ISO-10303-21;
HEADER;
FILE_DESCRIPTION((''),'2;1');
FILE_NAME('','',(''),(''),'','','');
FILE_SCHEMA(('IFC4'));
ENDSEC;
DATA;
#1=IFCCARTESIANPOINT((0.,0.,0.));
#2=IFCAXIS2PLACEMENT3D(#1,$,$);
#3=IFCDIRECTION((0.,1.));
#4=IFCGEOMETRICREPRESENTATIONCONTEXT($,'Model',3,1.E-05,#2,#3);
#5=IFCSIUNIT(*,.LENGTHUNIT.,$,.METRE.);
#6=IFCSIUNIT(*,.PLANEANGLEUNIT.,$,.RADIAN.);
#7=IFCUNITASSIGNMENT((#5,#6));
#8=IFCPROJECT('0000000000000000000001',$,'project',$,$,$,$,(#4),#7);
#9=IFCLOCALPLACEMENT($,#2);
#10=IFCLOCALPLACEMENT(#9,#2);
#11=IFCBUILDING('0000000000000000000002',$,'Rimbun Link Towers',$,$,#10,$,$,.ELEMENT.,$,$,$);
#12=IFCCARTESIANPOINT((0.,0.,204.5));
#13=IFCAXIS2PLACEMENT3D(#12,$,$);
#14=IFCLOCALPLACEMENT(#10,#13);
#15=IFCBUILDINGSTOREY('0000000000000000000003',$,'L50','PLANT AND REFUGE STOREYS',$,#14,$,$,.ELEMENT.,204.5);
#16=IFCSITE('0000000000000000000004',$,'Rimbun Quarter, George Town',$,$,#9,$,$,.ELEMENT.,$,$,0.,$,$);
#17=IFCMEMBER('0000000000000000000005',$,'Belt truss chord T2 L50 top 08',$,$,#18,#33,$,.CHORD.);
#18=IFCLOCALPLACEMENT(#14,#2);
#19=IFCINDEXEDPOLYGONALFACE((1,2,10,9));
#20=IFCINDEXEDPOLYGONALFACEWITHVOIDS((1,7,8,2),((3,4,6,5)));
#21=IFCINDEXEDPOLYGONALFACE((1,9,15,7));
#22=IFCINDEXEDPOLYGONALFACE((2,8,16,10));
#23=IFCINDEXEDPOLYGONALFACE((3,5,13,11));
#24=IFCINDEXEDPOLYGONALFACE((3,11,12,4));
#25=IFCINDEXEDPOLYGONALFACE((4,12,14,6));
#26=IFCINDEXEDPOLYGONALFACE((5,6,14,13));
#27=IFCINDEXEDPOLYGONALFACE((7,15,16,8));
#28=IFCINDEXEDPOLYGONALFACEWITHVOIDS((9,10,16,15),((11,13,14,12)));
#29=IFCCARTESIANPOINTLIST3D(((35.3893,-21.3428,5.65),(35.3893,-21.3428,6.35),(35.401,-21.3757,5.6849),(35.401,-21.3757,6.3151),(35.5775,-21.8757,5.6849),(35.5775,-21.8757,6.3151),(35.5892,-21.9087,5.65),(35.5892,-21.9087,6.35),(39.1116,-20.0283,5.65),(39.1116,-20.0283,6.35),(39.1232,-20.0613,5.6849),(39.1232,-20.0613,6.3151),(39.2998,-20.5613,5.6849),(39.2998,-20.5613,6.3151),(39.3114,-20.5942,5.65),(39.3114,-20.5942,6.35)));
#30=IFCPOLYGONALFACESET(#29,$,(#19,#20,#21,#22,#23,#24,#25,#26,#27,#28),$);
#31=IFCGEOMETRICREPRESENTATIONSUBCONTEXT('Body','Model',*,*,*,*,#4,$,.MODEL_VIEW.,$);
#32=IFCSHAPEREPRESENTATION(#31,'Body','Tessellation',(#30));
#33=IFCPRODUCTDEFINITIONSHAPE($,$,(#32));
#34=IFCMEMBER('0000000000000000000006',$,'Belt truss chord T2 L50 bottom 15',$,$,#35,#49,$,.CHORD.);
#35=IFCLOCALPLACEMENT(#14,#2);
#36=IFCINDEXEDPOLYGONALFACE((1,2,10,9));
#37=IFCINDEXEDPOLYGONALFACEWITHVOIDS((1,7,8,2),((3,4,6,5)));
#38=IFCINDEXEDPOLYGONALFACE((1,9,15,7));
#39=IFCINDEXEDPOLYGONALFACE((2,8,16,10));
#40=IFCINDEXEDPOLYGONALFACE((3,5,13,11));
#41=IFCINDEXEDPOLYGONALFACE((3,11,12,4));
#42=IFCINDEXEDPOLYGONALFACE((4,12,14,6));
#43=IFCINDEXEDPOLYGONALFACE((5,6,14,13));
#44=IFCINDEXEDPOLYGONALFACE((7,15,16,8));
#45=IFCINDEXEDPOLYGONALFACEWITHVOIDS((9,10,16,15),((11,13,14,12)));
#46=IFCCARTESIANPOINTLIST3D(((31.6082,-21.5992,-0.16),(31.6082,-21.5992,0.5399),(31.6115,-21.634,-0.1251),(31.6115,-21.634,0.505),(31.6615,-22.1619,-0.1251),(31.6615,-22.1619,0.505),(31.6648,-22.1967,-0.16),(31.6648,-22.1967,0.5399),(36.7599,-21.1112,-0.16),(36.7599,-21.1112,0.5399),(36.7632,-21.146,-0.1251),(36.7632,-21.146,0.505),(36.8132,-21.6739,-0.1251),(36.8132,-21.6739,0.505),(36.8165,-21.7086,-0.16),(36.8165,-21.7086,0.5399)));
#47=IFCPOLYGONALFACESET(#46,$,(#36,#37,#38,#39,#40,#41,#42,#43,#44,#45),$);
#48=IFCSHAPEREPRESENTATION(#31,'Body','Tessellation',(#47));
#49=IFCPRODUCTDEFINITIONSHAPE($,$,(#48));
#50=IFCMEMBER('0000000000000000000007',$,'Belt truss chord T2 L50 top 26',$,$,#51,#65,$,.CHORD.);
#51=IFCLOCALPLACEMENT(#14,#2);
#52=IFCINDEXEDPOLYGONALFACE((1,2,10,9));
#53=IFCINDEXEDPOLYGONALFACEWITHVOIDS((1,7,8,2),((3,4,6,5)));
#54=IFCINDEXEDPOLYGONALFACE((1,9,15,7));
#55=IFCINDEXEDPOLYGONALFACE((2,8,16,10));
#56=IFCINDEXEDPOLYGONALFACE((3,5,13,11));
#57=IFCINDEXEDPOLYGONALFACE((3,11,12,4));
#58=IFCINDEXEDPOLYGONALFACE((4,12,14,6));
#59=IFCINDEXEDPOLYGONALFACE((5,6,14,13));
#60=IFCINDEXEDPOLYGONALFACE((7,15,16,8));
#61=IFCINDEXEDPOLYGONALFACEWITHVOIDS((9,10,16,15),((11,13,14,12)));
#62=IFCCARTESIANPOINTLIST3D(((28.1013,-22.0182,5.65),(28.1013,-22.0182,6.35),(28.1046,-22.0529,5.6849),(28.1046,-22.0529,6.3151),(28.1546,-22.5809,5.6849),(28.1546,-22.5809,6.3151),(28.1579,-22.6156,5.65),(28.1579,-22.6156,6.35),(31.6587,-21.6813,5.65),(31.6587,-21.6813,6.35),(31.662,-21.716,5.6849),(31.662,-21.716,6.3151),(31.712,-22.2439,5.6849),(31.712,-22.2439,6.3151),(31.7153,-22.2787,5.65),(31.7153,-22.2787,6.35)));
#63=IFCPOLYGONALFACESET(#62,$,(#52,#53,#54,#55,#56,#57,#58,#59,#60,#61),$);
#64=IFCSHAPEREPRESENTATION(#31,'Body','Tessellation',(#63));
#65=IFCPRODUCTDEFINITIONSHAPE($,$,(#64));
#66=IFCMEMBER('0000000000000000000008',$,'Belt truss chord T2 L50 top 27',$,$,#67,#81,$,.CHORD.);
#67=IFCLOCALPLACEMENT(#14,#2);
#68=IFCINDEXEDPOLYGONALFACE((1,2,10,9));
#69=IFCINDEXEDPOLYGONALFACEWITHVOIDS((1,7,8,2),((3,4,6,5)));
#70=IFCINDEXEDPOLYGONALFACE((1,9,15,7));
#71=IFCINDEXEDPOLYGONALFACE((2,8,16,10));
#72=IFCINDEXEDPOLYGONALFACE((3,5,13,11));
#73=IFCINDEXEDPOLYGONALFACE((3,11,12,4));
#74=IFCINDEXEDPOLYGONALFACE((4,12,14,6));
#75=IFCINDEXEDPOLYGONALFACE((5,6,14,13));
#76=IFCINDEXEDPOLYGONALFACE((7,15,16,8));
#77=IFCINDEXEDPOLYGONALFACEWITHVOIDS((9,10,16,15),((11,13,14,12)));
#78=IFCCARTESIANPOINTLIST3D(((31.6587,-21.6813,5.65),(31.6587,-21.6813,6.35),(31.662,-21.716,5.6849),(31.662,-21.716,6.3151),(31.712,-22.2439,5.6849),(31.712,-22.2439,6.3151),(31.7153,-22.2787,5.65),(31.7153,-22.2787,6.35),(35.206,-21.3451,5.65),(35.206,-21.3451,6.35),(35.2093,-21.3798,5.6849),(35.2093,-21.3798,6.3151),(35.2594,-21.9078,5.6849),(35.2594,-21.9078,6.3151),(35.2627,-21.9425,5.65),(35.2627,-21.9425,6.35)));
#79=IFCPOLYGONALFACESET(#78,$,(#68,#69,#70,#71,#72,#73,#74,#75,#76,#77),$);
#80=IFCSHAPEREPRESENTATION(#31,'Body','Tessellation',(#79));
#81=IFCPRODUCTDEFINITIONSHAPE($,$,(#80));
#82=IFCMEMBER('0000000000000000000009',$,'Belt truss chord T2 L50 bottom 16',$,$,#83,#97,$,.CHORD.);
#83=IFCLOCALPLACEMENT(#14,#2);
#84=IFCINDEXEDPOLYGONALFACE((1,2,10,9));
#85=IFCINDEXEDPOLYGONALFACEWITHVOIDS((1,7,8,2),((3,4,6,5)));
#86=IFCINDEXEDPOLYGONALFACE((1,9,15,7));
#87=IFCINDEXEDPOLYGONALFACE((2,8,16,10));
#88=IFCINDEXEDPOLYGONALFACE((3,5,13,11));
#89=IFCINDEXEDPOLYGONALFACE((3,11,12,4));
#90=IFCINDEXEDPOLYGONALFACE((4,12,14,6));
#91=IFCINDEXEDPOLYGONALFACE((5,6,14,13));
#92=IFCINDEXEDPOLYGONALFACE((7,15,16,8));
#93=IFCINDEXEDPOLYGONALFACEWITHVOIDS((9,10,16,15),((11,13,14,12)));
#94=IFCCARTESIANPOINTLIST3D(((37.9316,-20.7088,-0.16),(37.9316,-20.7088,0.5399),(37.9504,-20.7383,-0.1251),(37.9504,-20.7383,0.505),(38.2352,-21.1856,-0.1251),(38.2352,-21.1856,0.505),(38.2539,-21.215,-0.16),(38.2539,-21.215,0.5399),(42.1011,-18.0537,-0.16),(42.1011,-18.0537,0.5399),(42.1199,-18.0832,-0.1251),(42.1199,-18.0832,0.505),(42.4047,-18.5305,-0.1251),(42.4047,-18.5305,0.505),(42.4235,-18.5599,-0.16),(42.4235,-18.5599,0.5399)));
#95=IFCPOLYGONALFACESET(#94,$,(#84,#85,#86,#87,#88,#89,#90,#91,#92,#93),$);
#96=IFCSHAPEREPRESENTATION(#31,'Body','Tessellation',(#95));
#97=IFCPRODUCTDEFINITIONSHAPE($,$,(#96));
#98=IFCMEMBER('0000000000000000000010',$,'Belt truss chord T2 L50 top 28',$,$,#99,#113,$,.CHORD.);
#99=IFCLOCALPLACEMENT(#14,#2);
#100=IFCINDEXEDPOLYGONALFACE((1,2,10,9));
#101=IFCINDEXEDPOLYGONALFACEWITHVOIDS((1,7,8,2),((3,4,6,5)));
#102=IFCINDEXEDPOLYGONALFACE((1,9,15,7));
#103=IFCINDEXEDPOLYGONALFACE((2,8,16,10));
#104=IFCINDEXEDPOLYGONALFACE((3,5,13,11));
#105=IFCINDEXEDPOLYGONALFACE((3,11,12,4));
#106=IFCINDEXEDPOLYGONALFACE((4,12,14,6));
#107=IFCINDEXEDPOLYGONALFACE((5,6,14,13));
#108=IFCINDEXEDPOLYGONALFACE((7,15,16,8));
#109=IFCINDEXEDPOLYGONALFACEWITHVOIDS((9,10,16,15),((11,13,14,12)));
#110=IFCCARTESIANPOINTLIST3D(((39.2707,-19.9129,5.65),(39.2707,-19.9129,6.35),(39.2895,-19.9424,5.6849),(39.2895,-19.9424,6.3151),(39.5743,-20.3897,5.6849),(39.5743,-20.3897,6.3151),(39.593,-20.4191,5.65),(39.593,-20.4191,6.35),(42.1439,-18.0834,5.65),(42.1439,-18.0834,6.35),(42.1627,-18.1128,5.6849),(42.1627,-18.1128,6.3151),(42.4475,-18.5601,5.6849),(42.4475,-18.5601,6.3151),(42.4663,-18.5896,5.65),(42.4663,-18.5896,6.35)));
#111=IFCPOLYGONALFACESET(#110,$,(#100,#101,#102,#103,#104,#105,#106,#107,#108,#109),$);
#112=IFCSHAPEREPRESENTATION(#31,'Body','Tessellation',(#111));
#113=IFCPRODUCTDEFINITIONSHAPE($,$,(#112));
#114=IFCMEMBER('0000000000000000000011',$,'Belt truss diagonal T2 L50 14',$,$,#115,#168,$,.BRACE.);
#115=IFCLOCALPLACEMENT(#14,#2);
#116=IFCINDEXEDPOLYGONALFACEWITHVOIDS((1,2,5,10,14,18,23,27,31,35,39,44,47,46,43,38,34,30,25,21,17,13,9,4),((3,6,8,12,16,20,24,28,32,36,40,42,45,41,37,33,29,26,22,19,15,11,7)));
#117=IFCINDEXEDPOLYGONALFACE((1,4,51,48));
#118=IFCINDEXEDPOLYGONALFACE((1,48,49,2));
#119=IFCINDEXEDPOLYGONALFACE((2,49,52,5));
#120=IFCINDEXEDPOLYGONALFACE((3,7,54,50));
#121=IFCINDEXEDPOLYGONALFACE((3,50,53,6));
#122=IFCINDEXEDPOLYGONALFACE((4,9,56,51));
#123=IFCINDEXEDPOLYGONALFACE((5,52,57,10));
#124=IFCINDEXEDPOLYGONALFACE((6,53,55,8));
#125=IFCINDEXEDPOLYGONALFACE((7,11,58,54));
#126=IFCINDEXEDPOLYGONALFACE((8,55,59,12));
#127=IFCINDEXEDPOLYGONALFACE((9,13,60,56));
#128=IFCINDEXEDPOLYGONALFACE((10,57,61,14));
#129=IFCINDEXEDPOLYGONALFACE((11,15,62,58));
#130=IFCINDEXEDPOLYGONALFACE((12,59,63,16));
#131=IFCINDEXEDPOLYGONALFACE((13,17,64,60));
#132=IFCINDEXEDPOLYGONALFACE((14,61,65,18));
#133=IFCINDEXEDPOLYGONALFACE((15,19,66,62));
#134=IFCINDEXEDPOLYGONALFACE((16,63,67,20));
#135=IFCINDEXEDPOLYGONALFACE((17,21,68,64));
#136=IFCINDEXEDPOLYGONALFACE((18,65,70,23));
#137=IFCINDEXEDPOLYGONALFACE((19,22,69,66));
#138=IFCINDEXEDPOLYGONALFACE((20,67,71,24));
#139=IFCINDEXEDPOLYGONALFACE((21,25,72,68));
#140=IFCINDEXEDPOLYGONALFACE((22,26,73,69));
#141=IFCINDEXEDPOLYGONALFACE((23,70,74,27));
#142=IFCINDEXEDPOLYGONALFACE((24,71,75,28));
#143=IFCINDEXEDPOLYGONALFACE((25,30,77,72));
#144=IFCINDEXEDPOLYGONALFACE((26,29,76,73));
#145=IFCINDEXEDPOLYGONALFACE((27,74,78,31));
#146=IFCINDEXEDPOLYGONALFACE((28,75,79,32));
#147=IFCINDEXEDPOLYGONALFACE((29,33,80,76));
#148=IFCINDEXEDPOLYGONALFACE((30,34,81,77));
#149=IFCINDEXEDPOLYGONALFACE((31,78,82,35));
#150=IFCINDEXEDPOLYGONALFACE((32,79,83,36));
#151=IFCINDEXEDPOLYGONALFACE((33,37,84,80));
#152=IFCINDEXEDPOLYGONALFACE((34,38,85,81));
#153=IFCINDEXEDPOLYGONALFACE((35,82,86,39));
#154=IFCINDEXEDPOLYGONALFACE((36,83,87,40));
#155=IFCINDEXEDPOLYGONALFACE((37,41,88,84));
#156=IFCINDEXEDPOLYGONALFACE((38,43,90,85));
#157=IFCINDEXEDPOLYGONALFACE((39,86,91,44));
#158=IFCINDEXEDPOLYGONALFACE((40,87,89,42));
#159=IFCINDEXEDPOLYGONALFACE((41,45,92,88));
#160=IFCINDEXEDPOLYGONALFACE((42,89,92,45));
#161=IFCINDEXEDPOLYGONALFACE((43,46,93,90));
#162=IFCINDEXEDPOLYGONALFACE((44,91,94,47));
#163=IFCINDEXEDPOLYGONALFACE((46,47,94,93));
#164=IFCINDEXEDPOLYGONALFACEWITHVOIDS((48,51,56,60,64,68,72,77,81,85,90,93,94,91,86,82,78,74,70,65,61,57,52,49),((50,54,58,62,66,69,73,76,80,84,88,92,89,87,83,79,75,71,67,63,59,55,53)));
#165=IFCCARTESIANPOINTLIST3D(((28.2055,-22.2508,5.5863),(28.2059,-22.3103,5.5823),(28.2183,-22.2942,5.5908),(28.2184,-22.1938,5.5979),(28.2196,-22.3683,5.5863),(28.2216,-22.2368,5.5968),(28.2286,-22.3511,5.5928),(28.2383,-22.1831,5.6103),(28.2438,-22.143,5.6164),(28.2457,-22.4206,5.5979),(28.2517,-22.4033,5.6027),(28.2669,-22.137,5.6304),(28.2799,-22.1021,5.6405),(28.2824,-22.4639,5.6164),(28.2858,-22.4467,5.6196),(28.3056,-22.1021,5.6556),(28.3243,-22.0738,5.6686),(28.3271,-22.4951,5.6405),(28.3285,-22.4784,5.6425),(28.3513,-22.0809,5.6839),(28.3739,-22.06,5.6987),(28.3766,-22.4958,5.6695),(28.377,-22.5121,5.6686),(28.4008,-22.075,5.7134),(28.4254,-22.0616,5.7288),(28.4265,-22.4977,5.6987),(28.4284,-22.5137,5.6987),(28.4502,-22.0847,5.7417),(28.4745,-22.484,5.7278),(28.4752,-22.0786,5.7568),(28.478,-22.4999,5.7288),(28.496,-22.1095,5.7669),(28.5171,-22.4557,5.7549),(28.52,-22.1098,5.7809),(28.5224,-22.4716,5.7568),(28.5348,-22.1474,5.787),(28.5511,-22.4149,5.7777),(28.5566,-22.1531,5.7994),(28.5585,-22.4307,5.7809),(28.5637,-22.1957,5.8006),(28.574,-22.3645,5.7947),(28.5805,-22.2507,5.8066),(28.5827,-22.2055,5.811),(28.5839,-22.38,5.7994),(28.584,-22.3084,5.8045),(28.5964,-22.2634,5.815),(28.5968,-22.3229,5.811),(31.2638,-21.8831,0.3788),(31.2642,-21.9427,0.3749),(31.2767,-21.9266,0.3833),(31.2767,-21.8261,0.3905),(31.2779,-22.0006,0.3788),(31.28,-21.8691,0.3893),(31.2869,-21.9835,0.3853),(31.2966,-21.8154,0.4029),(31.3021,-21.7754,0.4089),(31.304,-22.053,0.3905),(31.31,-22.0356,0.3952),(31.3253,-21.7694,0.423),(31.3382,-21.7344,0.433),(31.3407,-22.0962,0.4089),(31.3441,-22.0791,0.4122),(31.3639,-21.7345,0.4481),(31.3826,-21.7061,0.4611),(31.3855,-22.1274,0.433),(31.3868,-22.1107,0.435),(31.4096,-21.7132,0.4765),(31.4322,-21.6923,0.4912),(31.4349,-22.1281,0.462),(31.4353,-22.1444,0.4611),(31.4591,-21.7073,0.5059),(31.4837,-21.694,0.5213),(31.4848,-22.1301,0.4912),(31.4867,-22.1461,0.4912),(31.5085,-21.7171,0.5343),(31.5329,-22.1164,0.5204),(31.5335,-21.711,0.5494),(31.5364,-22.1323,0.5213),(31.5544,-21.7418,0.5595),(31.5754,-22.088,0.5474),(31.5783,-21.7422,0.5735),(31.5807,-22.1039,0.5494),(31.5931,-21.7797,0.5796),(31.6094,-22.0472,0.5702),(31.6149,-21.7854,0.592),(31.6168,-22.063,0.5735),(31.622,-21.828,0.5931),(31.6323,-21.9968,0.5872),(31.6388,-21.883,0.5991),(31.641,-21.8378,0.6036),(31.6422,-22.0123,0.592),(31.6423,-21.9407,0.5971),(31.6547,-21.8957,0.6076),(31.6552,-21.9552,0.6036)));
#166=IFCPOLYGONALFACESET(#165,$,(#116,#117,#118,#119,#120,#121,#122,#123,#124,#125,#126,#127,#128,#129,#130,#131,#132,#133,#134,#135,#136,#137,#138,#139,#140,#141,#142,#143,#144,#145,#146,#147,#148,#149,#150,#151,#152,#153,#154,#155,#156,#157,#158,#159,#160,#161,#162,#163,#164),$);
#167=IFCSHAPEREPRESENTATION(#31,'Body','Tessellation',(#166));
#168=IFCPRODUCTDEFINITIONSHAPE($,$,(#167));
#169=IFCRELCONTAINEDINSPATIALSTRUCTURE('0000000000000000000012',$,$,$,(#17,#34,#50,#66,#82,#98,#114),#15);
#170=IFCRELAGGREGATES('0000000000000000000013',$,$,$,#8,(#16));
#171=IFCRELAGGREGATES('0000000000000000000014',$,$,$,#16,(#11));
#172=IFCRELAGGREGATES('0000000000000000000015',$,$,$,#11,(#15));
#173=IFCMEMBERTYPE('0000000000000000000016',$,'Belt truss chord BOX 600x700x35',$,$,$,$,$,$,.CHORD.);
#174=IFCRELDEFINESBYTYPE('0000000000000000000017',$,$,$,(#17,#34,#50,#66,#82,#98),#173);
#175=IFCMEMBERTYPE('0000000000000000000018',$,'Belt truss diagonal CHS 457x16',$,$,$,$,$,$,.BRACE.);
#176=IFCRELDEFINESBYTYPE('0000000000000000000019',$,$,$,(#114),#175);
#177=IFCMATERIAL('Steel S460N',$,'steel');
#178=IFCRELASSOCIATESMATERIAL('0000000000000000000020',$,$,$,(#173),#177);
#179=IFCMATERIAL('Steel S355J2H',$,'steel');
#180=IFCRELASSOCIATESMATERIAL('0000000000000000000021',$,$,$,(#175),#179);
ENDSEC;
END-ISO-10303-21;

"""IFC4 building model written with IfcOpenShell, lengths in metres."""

from ifc_helpers import new_model, si_unit, direction, frame, origin, origin_2d, place, context, subcontext, project, spatial, hollow_rectangle, hollow_circle, extrude, material, material_profile, profile_set, type_object, element, save


model = new_model("IFC4")

# Units and contexts
model_context = context("Model", 3, precision=1e-05, world=origin(), true_north=direction((0.0, 1.0)))
body_context = subcontext(model_context, "Body", "Model", "MODEL_VIEW")
ifc_project = project(units=[si_unit("LENGTHUNIT", "METRE"), si_unit("PLANEANGLEUNIT", "RADIAN")], contexts=[model_context])

# Site, building, storey
site_placement = place(None, origin())
site = spatial("IfcSite", under=ifc_project, at=site_placement, Name="Rimbun Quarter, George Town", CompositionType="ELEMENT", RefElevation=0.0)
building_placement = place(site_placement, origin())
building = spatial("IfcBuilding", under=site, at=building_placement, Name="Rimbun Link Towers", CompositionType="ELEMENT")
storey_placement = place(building_placement, frame((0.0, 0.0, 204.5)))
storey = spatial("IfcBuildingStorey", under=building, at=storey_placement, Name="L50", Description="PLANT AND REFUGE STOREYS", CompositionType="ELEMENT", Elevation=204.5)

# Members
ifc_material_1 = material(Name="Steel S460N", Category="steel")
ifc_material_profile_1 = material_profile(ifc_material_1, hollow_rectangle(XDim=0.6001, YDim=0.7, WallThickness=0.0349, at=origin_2d()), Name="Belt truss chord BOX 600x700x35")
ifc_profile_set_1 = profile_set([ifc_material_profile_1], Name="Steel S460N")
member_type_1 = type_object("IfcMemberType", Name="Belt truss chord BOX 600x700x35", PredefinedType="CHORD", material=ifc_profile_set_1)
member_1_placement = place(storey_placement, frame((35.4893, -21.6257, 6.0), z_axis=(0.942931, 0.332988, 0.0), x_axis=(-0.332988, 0.942931, 0.0)))
element("IfcMember", 1, at=member_1_placement, inside=storey, type_object=member_type_1, Name="Belt truss chord T2 L50 top 08", PredefinedType="CHORD", context=body_context, shape_type="SweptSolid", body=[
    extrude(hollow_rectangle(XDim=0.6001, YDim=0.7, WallThickness=0.0349, at=origin_2d()), origin(), (0.0, 0.0, 1.0), 3.9475),
])
member_2_placement = place(storey_placement, frame((31.6365, -21.8979, 0.1899), z_axis=(0.995543, 0.094308, 0.0), x_axis=(-0.094308, 0.995543, 0.0)))
element("IfcMember", 2, at=member_2_placement, inside=storey, type_object=member_type_1, Name="Belt truss chord T2 L50 bottom 15", PredefinedType="CHORD", context=body_context, shape_type="SweptSolid", body=[
    extrude(hollow_rectangle(XDim=0.6001, YDim=0.7, WallThickness=0.0349, at=origin_2d()), origin(), (0.0, 0.0, 1.0), 5.1748),
])
member_3_placement = place(storey_placement, frame((28.1296, -22.3169, 6.0), z_axis=(0.995545, 0.094287, 0.0), x_axis=(-0.094287, 0.995545, 0.0)))
element("IfcMember", 3, at=member_3_placement, inside=storey, type_object=member_type_1, Name="Belt truss chord T2 L50 top 26", PredefinedType="CHORD", context=body_context, shape_type="SweptSolid", body=[
    extrude(hollow_rectangle(XDim=0.6001, YDim=0.7, WallThickness=0.0349, at=origin_2d()), origin(), (0.0, 0.0, 1.0), 3.5732),
])
member_4_placement = place(storey_placement, frame((31.687, -21.98, 6.0), z_axis=(0.995539, 0.094347, 0.0), x_axis=(-0.094347, 0.995539, 0.0)))
element("IfcMember", 4, at=member_4_placement, inside=storey, type_object=member_type_1, Name="Belt truss chord T2 L50 top 27", PredefinedType="CHORD", context=body_context, shape_type="SweptSolid", body=[
    extrude(hollow_rectangle(XDim=0.6001, YDim=0.7, WallThickness=0.0349, at=origin_2d()), origin(), (0.0, 0.0, 1.0), 3.5632),
])
member_5_placement = place(storey_placement, frame((38.0928, -20.9619, 0.1899), z_axis=(0.843501, 0.537128, 0.0), x_axis=(-0.537128, 0.843501, 0.0)))
element("IfcMember", 5, at=member_5_placement, inside=storey, type_object=member_type_1, Name="Belt truss chord T2 L50 bottom 16", PredefinedType="CHORD", context=body_context, shape_type="SweptSolid", body=[
    extrude(hollow_rectangle(XDim=0.6001, YDim=0.7, WallThickness=0.0349, at=origin_2d()), origin(), (0.0, 0.0, 1.0), 4.9431),
])
member_6_placement = place(storey_placement, frame((39.4319, -20.166, 6.0), z_axis=(0.843511, 0.537112, 0.0), x_axis=(-0.537112, 0.843511, 0.0)))
element("IfcMember", 6, at=member_6_placement, inside=storey, type_object=member_type_1, Name="Belt truss chord T2 L50 top 28", PredefinedType="CHORD", context=body_context, shape_type="SweptSolid", body=[
    extrude(hollow_rectangle(XDim=0.6001, YDim=0.7, WallThickness=0.0349, at=origin_2d()), origin(), (0.0, 0.0, 1.0), 3.4062),
])
ifc_material_2 = material(Name="Steel S355J2H", Category="steel")
ifc_material_profile_2 = material_profile(ifc_material_2, hollow_circle(Radius=0.2285, WallThickness=0.0161, at=origin_2d()), Name="Belt truss diagonal CHS 457x16")
ifc_profile_set_2 = profile_set([ifc_material_profile_2], Name="Steel S355J2H")
member_type_2 = type_object("IfcMemberType", Name="Belt truss diagonal CHS 457x16", PredefinedType="BRACE", material=ifc_profile_set_2)
member_7_placement = place(storey_placement, frame((31.4595, -21.9192, 0.4912), z_axis=(-0.505482, -0.060769, 0.860695), x_axis=(0.119361, -0.992851, 0.0)))
element("IfcMember", 7, at=member_7_placement, inside=storey, type_object=member_type_2, Name="Belt truss diagonal T2 L50 14", PredefinedType="BRACE", context=body_context, shape_type="SweptSolid", body=[
    extrude(hollow_circle(Radius=0.2285, WallThickness=0.0161, at=origin_2d()), origin(), (0.0, 0.0, 1.0), 6.0503),
])

save(model, "model.ifc")
